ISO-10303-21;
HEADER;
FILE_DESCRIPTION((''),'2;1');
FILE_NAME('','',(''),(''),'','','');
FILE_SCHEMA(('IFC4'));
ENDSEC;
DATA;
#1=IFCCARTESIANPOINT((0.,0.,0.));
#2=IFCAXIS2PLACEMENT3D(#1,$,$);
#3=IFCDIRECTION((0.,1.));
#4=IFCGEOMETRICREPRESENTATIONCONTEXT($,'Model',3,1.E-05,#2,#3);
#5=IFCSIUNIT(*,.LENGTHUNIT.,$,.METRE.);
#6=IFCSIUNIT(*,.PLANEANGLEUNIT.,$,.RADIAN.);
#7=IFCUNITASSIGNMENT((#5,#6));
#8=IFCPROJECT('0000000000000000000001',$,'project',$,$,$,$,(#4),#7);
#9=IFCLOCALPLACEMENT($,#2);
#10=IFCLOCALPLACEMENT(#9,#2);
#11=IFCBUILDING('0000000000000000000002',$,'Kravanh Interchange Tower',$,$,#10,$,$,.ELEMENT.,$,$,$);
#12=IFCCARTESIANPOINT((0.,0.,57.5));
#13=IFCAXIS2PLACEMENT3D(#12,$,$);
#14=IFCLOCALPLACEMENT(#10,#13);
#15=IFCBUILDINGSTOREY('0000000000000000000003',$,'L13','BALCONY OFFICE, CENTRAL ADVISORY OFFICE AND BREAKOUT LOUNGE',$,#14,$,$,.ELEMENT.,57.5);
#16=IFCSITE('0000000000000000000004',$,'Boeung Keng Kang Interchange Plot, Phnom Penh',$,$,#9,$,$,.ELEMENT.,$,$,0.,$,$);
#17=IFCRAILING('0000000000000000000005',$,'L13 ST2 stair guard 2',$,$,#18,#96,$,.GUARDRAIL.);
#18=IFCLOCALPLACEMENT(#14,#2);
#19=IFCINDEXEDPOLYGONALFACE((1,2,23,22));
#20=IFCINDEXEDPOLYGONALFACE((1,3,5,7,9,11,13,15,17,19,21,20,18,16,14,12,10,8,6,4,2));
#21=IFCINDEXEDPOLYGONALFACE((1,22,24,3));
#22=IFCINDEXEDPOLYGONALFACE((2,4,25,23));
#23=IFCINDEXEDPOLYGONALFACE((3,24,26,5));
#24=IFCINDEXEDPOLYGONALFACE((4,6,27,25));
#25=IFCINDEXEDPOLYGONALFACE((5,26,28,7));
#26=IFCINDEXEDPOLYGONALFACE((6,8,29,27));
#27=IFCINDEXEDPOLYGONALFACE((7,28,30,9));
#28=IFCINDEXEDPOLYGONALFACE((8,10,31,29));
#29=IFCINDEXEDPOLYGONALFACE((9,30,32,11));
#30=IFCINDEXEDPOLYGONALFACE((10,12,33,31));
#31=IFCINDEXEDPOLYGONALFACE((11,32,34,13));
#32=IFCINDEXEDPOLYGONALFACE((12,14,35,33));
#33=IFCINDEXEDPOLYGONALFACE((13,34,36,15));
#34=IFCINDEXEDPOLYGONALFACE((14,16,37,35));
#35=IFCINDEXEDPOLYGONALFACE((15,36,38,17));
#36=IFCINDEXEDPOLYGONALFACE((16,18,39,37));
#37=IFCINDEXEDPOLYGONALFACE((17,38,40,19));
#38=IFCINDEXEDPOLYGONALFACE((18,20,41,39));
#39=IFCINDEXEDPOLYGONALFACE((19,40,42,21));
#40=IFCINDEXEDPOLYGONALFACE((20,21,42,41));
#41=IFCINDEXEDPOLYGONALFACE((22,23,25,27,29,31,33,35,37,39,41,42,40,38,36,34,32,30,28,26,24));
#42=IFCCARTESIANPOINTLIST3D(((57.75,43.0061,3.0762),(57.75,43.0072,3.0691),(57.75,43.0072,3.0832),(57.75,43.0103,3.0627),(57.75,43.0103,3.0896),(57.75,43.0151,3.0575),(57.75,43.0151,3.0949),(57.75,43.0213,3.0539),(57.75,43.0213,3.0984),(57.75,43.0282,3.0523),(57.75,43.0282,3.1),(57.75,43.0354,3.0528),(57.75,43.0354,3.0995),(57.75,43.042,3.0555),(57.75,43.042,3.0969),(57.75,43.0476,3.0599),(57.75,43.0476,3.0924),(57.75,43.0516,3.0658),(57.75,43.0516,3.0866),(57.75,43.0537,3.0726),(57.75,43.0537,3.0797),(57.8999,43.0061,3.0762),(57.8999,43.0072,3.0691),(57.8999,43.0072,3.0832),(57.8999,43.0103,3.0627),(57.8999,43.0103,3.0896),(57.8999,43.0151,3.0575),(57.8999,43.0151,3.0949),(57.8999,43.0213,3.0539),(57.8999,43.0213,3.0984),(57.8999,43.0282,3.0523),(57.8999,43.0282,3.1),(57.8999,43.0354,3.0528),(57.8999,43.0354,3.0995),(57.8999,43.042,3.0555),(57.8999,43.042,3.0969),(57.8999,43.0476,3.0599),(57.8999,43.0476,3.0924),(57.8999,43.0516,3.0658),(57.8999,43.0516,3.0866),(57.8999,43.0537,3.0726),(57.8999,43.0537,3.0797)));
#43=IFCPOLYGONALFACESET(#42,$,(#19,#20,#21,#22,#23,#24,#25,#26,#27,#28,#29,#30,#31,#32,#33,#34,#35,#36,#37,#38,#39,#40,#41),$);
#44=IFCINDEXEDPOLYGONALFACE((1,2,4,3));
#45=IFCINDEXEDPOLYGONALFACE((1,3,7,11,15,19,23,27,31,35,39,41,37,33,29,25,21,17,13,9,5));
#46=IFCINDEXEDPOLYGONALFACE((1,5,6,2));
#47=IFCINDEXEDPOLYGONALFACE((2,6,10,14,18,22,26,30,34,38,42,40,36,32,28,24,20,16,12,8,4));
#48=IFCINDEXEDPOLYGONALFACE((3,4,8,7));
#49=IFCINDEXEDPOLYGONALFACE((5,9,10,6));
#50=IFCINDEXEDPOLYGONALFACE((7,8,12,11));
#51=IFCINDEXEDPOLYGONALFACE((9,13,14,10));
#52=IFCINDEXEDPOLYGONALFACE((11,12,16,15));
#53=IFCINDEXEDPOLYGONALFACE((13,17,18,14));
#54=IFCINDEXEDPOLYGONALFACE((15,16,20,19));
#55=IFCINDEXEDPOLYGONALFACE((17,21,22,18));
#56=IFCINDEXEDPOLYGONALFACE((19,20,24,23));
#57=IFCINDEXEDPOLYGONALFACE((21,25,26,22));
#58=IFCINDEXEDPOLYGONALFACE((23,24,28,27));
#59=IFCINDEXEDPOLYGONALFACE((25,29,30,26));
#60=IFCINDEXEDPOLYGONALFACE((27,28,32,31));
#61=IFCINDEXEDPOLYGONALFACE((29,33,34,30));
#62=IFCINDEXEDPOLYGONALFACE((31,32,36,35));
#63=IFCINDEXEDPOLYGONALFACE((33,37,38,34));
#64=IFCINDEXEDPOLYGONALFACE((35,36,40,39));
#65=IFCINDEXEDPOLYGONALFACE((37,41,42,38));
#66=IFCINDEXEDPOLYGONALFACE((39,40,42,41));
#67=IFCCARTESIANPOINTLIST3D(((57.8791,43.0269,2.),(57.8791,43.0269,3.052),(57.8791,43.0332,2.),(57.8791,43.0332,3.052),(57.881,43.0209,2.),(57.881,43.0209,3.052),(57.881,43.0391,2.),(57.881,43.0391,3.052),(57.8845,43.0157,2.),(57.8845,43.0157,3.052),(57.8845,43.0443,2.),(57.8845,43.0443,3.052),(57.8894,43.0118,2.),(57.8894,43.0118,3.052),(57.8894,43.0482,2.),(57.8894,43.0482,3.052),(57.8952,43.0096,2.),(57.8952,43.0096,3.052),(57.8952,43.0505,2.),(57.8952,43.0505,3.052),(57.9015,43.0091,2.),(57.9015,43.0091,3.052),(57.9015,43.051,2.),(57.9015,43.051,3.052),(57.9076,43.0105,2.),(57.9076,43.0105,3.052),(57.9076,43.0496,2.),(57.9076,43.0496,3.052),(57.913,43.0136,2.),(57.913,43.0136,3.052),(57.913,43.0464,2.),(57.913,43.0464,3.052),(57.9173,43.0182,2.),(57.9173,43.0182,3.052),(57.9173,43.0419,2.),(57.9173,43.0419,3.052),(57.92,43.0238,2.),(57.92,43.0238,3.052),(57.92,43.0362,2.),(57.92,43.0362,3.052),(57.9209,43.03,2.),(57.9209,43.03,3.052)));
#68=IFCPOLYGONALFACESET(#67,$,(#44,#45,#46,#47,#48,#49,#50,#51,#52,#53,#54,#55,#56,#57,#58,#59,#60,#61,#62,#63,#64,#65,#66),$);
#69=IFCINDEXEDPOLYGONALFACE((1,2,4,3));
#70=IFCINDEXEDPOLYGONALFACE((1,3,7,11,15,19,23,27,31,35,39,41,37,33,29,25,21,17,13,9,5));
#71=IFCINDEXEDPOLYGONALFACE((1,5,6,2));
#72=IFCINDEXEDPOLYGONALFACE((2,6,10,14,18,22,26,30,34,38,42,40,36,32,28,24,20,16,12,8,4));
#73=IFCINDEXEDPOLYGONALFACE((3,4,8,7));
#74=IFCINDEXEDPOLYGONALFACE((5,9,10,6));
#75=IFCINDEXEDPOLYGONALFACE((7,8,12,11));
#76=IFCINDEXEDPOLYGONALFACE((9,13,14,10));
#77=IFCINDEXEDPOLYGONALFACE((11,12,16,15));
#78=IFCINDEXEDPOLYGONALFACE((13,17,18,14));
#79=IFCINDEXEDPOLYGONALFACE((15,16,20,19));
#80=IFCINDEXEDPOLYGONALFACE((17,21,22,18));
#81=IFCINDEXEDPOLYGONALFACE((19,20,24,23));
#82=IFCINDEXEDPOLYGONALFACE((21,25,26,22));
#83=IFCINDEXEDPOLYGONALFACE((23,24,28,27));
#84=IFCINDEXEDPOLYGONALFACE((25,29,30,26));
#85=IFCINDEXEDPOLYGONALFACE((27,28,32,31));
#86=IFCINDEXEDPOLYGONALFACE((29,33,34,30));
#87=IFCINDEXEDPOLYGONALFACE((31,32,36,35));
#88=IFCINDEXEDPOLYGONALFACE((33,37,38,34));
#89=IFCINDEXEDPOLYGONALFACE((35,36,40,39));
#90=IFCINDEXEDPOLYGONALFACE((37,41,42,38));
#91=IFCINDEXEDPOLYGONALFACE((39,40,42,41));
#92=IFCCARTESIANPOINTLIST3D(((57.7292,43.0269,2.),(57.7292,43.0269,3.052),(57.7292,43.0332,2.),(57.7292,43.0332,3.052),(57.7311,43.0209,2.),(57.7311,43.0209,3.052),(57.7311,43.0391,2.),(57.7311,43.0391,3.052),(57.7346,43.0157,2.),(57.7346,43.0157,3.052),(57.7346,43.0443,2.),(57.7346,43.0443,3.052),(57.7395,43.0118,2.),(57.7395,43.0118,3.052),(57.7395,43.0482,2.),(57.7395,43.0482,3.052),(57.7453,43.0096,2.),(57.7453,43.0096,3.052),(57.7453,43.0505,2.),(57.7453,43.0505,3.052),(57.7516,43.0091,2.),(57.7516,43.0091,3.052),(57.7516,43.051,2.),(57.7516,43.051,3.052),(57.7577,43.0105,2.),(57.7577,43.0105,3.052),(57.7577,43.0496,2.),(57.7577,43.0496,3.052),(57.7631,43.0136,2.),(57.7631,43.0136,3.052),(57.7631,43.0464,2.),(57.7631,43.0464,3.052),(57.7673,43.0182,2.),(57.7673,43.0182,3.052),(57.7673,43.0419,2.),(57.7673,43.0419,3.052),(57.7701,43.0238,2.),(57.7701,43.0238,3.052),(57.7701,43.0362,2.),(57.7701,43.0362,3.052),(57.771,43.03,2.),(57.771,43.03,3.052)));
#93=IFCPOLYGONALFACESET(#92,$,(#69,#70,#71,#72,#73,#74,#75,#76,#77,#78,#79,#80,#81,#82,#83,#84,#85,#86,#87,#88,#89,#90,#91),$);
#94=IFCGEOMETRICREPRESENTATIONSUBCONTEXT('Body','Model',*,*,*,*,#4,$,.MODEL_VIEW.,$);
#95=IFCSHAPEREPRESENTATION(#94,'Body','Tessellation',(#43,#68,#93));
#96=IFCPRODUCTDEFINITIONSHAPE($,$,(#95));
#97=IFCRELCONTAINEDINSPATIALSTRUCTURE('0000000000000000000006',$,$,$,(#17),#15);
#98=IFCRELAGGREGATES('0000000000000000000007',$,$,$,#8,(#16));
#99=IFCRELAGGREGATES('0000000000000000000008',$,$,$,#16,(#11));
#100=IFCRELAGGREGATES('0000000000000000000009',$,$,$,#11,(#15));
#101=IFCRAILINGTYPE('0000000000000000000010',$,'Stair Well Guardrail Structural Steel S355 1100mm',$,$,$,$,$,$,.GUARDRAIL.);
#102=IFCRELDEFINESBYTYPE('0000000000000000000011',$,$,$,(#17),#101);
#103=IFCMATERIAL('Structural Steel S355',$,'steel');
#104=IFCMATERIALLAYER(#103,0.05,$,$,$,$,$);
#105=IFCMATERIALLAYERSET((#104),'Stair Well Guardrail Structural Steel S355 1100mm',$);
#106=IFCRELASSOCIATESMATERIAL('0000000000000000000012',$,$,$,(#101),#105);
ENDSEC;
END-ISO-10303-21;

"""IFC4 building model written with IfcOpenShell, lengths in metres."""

from ifc_helpers import new_model, si_unit, direction, frame, origin, origin_2d, place, context, subcontext, project, spatial, circle, extrude, material, layer, layer_set, type_object, element, save


model = new_model("IFC4")

# Units and contexts
model_context = context("Model", 3, precision=1e-05, world=origin(), true_north=direction((0.0, 1.0)))
body_context = subcontext(model_context, "Body", "Model", "MODEL_VIEW")
ifc_project = project(units=[si_unit("LENGTHUNIT", "METRE"), si_unit("PLANEANGLEUNIT", "RADIAN")], contexts=[model_context])

# Site, building, storey
site_placement = place(None, origin())
site = spatial("IfcSite", under=ifc_project, at=site_placement, Name="Boeung Keng Kang Interchange Plot, Phnom Penh", CompositionType="ELEMENT", RefElevation=0.0)
building_placement = place(site_placement, origin())
building = spatial("IfcBuilding", under=site, at=building_placement, Name="Kravanh Interchange Tower", CompositionType="ELEMENT")
storey_placement = place(building_placement, frame((0.0, 0.0, 57.5)))
storey = spatial("IfcBuildingStorey", under=building, at=storey_placement, Name="L13", Description="BALCONY OFFICE, CENTRAL ADVISORY OFFICE AND BREAKOUT LOUNGE", CompositionType="ELEMENT", Elevation=57.5)

# Railing
ifc_material_1 = material(Name="Structural Steel S355", Category="steel")
ifc_layer_1 = layer(ifc_material_1, 0.05)
ifc_layer_set_1 = layer_set([ifc_layer_1], Name="Stair Well Guardrail Structural Steel S355 1100mm")
railing_type_1 = type_object("IfcRailingType", Name="Stair Well Guardrail Structural Steel S355 1100mm", PredefinedType="GUARDRAIL", material=ifc_layer_set_1)
railing_1_placement = place(storey_placement, frame((57.8999, 43.03, 2.0)))
element("IfcRailing", 1, at=railing_1_placement, inside=storey, type_object=railing_type_1, Name="L13 ST2 stair guard 2", PredefinedType="GUARDRAIL", context=body_context, shape_type="SweptSolid", body=[
    extrude(circle(Radius=0.0239, at=origin_2d()), frame((0.0, 0.0, 1.0762), z_axis=(-1.0, 0.0, 0.0), x_axis=(0.0, -1.0, 0.0)), (0.0, 0.0, 1.0), 0.1499),
    extrude(circle(Radius=0.021, at=origin_2d()), origin(), (0.0, 0.0, 1.0), 1.052),
    extrude(circle(Radius=0.021, at=origin_2d()), frame((-0.1499, 0.0, 0.0)), (0.0, 0.0, 1.0), 1.052),
])

save(model, "model.ifc")
